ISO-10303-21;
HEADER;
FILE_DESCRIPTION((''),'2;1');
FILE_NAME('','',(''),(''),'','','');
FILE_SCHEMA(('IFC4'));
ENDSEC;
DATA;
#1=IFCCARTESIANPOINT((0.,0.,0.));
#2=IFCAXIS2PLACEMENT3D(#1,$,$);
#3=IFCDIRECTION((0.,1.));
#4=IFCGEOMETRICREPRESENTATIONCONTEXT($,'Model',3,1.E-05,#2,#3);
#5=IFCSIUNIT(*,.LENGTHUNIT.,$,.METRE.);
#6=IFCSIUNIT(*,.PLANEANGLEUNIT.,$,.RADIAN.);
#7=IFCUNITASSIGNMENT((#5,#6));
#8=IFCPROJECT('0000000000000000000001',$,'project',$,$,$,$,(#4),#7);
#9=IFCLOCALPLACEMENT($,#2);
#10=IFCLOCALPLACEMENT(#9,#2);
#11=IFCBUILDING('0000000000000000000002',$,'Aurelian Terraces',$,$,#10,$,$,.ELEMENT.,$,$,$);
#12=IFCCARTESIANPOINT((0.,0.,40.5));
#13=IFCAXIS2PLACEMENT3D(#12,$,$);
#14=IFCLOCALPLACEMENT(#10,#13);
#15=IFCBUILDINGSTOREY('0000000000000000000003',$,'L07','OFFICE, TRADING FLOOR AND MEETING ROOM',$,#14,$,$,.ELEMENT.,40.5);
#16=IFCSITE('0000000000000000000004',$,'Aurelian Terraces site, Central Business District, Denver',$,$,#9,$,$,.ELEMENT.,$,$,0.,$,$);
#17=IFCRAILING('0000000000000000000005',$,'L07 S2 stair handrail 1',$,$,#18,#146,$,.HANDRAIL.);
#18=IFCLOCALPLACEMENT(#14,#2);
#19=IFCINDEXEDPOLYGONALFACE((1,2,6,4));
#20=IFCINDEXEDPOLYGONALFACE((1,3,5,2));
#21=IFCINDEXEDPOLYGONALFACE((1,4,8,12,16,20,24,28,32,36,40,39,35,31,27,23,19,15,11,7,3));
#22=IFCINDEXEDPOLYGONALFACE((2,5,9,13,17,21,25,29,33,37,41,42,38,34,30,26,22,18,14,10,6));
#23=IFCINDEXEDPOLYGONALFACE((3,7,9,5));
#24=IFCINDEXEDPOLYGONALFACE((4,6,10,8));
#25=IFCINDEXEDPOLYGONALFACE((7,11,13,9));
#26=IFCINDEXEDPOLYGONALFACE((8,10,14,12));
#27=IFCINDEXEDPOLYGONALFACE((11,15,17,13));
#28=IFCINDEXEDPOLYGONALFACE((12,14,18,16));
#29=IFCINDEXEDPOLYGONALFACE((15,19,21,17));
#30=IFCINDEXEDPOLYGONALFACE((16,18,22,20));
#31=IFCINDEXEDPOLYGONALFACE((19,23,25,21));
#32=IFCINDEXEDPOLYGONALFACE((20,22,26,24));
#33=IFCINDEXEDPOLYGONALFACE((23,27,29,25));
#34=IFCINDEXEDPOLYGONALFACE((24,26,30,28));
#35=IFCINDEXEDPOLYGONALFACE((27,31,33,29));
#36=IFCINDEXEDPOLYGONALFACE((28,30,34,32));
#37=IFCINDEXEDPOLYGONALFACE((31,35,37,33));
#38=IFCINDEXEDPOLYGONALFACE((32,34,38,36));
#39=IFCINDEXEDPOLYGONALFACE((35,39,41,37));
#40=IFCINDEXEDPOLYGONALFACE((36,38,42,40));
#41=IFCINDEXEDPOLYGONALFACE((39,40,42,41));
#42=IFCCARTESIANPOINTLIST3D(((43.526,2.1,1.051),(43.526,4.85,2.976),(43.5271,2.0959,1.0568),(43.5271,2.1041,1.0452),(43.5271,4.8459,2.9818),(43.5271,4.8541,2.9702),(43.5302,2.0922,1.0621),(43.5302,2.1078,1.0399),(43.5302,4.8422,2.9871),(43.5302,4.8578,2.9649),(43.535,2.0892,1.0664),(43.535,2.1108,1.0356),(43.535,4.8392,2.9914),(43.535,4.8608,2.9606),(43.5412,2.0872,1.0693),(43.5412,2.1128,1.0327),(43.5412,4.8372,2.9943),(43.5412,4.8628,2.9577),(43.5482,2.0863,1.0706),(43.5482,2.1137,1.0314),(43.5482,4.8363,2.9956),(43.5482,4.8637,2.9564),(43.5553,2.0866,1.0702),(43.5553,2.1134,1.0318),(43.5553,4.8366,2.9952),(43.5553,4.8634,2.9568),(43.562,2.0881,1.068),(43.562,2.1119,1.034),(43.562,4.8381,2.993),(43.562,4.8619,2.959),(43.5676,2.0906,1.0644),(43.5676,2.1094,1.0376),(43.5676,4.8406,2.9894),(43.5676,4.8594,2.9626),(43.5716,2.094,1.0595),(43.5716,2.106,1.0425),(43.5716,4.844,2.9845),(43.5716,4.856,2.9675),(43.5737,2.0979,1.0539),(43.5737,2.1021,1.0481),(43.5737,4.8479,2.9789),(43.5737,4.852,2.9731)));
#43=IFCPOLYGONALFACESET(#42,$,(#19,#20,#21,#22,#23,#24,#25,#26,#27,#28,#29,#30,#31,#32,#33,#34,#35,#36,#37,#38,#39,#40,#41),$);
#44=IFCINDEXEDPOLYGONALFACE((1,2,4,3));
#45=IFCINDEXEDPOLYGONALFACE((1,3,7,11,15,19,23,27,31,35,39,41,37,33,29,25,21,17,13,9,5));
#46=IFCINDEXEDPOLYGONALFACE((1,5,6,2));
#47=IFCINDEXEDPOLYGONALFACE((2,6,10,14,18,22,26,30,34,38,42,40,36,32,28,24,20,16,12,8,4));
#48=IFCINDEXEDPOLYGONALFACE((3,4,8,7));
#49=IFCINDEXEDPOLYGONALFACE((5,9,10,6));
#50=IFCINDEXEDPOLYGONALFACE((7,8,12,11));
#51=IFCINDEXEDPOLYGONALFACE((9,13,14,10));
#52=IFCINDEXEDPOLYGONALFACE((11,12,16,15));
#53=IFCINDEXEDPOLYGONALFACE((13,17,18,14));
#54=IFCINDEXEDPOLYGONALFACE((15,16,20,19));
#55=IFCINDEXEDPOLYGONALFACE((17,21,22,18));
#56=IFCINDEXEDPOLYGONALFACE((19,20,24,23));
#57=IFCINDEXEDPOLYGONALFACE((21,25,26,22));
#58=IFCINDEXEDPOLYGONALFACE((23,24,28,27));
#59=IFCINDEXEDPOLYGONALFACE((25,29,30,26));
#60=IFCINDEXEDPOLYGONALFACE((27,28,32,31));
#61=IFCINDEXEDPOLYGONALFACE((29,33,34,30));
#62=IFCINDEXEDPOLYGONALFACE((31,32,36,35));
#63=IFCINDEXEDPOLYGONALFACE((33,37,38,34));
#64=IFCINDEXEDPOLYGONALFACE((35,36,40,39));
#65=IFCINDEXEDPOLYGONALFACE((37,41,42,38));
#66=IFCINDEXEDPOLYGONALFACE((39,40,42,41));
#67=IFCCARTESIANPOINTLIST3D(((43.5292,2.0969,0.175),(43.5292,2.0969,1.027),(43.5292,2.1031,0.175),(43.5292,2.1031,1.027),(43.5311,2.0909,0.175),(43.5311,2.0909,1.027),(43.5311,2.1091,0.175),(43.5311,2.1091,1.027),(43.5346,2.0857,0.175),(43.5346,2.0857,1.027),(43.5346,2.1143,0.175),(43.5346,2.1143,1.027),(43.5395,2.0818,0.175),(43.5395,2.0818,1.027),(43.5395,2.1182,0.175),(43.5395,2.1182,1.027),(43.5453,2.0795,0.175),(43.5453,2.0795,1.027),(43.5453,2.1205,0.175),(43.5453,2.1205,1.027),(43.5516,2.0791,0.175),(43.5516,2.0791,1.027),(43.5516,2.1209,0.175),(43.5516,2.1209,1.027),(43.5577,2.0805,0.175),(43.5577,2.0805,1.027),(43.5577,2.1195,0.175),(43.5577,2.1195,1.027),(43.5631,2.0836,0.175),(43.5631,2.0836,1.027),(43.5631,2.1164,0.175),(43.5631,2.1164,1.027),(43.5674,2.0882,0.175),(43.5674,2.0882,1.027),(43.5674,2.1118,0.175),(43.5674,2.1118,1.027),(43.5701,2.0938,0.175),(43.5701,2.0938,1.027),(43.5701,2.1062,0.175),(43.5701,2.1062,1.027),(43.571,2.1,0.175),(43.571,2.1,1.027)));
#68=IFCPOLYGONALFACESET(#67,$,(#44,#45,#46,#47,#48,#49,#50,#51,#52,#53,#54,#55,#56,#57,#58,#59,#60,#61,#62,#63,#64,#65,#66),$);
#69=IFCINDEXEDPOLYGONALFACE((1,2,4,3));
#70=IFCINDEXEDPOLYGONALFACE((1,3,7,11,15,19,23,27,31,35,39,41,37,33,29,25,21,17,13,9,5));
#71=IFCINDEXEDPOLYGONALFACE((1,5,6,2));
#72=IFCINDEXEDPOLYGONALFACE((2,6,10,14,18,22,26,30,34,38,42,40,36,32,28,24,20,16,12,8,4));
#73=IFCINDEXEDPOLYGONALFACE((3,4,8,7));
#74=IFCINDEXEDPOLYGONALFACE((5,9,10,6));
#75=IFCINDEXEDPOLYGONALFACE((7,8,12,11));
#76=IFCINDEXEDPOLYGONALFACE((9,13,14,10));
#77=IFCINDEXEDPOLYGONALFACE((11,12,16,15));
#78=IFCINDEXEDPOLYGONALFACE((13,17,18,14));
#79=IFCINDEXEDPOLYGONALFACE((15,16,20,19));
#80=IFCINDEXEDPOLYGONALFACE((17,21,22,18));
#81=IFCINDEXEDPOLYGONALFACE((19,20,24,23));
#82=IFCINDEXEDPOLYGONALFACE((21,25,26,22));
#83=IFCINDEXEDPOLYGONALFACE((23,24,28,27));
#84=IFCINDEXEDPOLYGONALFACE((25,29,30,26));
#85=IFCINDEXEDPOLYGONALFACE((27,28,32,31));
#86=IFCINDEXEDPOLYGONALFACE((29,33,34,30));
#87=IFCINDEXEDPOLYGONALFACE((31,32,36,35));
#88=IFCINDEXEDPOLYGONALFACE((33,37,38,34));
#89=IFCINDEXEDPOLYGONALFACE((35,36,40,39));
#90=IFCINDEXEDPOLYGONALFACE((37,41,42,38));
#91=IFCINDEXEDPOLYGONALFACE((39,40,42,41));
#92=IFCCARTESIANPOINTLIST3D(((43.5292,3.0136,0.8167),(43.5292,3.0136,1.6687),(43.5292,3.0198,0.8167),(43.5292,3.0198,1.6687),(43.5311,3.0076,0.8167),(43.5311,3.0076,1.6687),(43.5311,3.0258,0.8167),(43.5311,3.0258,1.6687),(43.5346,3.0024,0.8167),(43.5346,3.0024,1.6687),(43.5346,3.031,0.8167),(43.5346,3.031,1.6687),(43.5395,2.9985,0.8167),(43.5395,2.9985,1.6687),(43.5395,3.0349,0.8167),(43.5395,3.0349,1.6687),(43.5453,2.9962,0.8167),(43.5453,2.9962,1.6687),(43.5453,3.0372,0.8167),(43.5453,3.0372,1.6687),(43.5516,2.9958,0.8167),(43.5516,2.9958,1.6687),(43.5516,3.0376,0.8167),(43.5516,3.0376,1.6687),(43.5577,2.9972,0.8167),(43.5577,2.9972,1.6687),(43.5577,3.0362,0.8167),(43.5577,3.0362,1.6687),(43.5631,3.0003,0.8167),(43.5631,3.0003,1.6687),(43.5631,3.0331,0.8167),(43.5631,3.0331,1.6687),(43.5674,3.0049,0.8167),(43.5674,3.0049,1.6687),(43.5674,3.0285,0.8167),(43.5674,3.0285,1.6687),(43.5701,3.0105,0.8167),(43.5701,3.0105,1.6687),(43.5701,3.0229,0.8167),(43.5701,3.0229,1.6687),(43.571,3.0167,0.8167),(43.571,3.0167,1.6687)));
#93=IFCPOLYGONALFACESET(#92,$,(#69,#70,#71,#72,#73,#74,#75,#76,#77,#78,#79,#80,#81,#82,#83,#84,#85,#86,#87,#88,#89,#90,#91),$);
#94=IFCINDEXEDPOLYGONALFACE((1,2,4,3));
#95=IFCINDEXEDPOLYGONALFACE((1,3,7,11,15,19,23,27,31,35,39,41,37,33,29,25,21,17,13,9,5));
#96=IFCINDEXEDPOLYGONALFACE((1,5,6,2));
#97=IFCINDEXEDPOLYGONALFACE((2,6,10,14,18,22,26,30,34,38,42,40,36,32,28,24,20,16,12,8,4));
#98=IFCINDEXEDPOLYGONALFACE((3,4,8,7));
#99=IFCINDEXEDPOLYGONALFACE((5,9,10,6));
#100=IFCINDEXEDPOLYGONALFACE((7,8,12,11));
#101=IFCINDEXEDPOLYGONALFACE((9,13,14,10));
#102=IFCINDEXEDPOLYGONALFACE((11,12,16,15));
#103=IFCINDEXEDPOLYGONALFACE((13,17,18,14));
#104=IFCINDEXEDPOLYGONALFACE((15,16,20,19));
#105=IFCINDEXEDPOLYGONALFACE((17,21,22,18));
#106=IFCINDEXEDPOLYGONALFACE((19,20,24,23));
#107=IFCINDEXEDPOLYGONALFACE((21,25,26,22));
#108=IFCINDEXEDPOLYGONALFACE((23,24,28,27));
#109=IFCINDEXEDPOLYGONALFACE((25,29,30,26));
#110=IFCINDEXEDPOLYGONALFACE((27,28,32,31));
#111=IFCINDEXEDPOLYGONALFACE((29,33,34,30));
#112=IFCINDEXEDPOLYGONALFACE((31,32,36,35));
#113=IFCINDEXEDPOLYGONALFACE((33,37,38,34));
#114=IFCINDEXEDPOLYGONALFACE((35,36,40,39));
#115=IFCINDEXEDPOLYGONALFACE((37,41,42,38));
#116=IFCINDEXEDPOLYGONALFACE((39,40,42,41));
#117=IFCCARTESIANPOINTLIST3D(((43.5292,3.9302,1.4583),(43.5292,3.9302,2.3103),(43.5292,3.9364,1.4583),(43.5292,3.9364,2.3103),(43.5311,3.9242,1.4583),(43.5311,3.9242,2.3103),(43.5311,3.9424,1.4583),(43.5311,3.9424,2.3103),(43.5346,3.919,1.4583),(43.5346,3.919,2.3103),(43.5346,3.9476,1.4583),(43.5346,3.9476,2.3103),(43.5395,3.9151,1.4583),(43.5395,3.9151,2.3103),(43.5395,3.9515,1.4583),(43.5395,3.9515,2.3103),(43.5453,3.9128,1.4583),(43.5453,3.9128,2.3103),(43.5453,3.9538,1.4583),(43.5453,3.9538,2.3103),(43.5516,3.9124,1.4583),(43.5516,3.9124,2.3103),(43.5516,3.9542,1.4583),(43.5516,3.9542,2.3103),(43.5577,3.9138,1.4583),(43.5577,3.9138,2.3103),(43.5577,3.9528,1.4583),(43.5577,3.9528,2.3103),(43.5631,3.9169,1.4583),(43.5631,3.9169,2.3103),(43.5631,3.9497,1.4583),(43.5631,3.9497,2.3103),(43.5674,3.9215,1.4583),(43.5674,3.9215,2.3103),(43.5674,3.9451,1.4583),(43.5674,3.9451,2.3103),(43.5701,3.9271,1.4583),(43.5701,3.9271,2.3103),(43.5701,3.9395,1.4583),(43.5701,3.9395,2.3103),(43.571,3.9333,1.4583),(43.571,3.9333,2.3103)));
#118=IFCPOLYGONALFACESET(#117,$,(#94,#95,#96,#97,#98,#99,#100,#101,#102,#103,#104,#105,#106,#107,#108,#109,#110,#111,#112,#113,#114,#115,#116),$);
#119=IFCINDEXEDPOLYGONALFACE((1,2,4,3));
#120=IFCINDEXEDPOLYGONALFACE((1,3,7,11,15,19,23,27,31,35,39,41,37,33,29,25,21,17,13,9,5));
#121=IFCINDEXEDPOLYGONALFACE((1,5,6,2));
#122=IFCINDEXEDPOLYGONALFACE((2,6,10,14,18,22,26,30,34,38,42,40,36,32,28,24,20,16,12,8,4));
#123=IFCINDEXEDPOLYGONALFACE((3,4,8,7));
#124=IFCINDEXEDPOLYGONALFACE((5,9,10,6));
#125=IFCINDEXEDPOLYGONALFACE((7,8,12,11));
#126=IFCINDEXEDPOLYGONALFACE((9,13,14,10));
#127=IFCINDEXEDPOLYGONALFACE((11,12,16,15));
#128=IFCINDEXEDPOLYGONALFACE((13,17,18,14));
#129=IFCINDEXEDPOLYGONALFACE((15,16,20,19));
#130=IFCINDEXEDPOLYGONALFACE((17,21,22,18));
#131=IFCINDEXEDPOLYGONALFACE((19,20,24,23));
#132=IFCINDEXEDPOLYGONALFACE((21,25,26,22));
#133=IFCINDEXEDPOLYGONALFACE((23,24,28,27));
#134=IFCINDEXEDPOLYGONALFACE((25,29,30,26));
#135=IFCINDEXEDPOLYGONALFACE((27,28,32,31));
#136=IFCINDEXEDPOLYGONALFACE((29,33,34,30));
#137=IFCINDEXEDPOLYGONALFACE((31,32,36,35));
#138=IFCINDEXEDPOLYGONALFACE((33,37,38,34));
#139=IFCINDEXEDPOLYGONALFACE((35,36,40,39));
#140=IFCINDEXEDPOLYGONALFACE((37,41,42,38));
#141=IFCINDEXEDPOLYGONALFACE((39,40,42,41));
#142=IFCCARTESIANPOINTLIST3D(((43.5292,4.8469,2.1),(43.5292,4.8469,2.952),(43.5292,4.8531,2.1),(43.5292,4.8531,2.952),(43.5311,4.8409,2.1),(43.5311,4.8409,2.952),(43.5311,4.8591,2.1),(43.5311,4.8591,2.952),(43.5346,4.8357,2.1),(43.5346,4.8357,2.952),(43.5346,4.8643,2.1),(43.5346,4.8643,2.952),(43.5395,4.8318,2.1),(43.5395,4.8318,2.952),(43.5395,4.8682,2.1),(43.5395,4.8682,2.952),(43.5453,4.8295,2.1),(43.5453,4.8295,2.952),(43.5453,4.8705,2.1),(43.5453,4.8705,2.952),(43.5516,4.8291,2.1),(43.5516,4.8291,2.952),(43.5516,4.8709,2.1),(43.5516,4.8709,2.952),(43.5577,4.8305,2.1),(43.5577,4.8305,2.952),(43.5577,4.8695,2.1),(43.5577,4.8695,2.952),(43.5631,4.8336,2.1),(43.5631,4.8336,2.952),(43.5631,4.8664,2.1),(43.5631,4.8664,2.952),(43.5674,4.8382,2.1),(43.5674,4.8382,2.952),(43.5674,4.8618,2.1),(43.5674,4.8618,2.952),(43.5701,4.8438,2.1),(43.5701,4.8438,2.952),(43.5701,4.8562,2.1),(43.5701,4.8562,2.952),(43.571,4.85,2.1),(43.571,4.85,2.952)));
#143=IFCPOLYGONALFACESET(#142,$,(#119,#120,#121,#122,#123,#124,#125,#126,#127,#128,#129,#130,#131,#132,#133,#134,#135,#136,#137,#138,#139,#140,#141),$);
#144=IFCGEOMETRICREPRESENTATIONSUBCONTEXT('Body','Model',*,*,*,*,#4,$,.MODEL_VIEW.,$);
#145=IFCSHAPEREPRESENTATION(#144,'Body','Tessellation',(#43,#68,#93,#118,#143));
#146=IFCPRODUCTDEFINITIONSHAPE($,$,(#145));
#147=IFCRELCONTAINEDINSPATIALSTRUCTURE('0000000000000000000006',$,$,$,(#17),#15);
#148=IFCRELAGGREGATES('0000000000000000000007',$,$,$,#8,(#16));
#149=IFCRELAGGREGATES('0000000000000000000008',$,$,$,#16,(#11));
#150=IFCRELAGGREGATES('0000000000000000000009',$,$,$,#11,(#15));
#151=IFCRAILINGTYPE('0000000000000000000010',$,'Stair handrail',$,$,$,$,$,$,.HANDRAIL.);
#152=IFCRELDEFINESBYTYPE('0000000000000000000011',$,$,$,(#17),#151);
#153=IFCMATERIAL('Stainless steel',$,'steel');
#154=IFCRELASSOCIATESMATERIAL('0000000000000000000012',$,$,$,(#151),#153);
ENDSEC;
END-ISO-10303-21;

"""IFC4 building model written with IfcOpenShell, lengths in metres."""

from ifc_helpers import new_model, si_unit, direction, frame, origin, origin_2d, place, context, subcontext, project, spatial, circle, extrude, source, transform, mapped, material, type_object, element, save


model = new_model("IFC4")

# Units and contexts
model_context = context("Model", 3, precision=1e-05, world=origin(), true_north=direction((0.0, 1.0)))
body_context = subcontext(model_context, "Body", "Model", "MODEL_VIEW")
ifc_project = project(units=[si_unit("LENGTHUNIT", "METRE"), si_unit("PLANEANGLEUNIT", "RADIAN")], contexts=[model_context])

# Site, building, storey
site_placement = place(None, origin())
site = spatial("IfcSite", under=ifc_project, at=site_placement, Name="Aurelian Terraces site, Central Business District, Denver", CompositionType="ELEMENT", RefElevation=0.0)
building_placement = place(site_placement, origin())
building = spatial("IfcBuilding", under=site, at=building_placement, Name="Aurelian Terraces", CompositionType="ELEMENT")
storey_placement = place(building_placement, frame((0.0, 0.0, 40.5)))
storey = spatial("IfcBuildingStorey", under=building, at=storey_placement, Name="L07", Description="OFFICE, TRADING FLOOR AND MEETING ROOM", CompositionType="ELEMENT", Elevation=40.5)

# Railing
ifc_material_1 = material(Name="Stainless steel", Category="steel")
railing_type_1 = type_object("IfcRailingType", Name="Stair handrail", PredefinedType="HANDRAIL", material=ifc_material_1)
shared_shape_1 = source(origin(), body_context, "Body", "SweptSolid", [
    extrude(circle(Radius=0.024, at=origin_2d()), frame((0.0, 0.0, 0.876), z_axis=(0.0, 0.819232, 0.573462), x_axis=(-1.0, 0.0, 0.0)), (0.0, 0.0, 1.0), 3.3568),
    extrude(circle(Radius=0.021, at=origin_2d()), origin(), (0.0, 0.0, 1.0), 0.852),
    extrude(circle(Radius=0.021, at=origin_2d()), frame((0.0, 0.9167, 0.6417)), (0.0, 0.0, 1.0), 0.852),
    extrude(circle(Radius=0.021, at=origin_2d()), frame((0.0, 1.8333, 1.2833)), (0.0, 0.0, 1.0), 0.852),
    extrude(circle(Radius=0.021, at=origin_2d()), frame((0.0, 2.75, 1.925)), (0.0, 0.0, 1.0), 0.852),
])
railing_1_placement = place(storey_placement, frame((43.55, 2.1, 0.175)))
element("IfcRailing", 1, at=railing_1_placement, inside=storey, type_object=railing_type_1, Name="L07 S2 stair handrail 1", PredefinedType="HANDRAIL", context=body_context, shape_type="MappedRepresentation", body=[
    mapped(shared_shape_1, transform((0.0, 0.0, 0.0), scale=1.0)),
])

save(model, "model.ifc")
